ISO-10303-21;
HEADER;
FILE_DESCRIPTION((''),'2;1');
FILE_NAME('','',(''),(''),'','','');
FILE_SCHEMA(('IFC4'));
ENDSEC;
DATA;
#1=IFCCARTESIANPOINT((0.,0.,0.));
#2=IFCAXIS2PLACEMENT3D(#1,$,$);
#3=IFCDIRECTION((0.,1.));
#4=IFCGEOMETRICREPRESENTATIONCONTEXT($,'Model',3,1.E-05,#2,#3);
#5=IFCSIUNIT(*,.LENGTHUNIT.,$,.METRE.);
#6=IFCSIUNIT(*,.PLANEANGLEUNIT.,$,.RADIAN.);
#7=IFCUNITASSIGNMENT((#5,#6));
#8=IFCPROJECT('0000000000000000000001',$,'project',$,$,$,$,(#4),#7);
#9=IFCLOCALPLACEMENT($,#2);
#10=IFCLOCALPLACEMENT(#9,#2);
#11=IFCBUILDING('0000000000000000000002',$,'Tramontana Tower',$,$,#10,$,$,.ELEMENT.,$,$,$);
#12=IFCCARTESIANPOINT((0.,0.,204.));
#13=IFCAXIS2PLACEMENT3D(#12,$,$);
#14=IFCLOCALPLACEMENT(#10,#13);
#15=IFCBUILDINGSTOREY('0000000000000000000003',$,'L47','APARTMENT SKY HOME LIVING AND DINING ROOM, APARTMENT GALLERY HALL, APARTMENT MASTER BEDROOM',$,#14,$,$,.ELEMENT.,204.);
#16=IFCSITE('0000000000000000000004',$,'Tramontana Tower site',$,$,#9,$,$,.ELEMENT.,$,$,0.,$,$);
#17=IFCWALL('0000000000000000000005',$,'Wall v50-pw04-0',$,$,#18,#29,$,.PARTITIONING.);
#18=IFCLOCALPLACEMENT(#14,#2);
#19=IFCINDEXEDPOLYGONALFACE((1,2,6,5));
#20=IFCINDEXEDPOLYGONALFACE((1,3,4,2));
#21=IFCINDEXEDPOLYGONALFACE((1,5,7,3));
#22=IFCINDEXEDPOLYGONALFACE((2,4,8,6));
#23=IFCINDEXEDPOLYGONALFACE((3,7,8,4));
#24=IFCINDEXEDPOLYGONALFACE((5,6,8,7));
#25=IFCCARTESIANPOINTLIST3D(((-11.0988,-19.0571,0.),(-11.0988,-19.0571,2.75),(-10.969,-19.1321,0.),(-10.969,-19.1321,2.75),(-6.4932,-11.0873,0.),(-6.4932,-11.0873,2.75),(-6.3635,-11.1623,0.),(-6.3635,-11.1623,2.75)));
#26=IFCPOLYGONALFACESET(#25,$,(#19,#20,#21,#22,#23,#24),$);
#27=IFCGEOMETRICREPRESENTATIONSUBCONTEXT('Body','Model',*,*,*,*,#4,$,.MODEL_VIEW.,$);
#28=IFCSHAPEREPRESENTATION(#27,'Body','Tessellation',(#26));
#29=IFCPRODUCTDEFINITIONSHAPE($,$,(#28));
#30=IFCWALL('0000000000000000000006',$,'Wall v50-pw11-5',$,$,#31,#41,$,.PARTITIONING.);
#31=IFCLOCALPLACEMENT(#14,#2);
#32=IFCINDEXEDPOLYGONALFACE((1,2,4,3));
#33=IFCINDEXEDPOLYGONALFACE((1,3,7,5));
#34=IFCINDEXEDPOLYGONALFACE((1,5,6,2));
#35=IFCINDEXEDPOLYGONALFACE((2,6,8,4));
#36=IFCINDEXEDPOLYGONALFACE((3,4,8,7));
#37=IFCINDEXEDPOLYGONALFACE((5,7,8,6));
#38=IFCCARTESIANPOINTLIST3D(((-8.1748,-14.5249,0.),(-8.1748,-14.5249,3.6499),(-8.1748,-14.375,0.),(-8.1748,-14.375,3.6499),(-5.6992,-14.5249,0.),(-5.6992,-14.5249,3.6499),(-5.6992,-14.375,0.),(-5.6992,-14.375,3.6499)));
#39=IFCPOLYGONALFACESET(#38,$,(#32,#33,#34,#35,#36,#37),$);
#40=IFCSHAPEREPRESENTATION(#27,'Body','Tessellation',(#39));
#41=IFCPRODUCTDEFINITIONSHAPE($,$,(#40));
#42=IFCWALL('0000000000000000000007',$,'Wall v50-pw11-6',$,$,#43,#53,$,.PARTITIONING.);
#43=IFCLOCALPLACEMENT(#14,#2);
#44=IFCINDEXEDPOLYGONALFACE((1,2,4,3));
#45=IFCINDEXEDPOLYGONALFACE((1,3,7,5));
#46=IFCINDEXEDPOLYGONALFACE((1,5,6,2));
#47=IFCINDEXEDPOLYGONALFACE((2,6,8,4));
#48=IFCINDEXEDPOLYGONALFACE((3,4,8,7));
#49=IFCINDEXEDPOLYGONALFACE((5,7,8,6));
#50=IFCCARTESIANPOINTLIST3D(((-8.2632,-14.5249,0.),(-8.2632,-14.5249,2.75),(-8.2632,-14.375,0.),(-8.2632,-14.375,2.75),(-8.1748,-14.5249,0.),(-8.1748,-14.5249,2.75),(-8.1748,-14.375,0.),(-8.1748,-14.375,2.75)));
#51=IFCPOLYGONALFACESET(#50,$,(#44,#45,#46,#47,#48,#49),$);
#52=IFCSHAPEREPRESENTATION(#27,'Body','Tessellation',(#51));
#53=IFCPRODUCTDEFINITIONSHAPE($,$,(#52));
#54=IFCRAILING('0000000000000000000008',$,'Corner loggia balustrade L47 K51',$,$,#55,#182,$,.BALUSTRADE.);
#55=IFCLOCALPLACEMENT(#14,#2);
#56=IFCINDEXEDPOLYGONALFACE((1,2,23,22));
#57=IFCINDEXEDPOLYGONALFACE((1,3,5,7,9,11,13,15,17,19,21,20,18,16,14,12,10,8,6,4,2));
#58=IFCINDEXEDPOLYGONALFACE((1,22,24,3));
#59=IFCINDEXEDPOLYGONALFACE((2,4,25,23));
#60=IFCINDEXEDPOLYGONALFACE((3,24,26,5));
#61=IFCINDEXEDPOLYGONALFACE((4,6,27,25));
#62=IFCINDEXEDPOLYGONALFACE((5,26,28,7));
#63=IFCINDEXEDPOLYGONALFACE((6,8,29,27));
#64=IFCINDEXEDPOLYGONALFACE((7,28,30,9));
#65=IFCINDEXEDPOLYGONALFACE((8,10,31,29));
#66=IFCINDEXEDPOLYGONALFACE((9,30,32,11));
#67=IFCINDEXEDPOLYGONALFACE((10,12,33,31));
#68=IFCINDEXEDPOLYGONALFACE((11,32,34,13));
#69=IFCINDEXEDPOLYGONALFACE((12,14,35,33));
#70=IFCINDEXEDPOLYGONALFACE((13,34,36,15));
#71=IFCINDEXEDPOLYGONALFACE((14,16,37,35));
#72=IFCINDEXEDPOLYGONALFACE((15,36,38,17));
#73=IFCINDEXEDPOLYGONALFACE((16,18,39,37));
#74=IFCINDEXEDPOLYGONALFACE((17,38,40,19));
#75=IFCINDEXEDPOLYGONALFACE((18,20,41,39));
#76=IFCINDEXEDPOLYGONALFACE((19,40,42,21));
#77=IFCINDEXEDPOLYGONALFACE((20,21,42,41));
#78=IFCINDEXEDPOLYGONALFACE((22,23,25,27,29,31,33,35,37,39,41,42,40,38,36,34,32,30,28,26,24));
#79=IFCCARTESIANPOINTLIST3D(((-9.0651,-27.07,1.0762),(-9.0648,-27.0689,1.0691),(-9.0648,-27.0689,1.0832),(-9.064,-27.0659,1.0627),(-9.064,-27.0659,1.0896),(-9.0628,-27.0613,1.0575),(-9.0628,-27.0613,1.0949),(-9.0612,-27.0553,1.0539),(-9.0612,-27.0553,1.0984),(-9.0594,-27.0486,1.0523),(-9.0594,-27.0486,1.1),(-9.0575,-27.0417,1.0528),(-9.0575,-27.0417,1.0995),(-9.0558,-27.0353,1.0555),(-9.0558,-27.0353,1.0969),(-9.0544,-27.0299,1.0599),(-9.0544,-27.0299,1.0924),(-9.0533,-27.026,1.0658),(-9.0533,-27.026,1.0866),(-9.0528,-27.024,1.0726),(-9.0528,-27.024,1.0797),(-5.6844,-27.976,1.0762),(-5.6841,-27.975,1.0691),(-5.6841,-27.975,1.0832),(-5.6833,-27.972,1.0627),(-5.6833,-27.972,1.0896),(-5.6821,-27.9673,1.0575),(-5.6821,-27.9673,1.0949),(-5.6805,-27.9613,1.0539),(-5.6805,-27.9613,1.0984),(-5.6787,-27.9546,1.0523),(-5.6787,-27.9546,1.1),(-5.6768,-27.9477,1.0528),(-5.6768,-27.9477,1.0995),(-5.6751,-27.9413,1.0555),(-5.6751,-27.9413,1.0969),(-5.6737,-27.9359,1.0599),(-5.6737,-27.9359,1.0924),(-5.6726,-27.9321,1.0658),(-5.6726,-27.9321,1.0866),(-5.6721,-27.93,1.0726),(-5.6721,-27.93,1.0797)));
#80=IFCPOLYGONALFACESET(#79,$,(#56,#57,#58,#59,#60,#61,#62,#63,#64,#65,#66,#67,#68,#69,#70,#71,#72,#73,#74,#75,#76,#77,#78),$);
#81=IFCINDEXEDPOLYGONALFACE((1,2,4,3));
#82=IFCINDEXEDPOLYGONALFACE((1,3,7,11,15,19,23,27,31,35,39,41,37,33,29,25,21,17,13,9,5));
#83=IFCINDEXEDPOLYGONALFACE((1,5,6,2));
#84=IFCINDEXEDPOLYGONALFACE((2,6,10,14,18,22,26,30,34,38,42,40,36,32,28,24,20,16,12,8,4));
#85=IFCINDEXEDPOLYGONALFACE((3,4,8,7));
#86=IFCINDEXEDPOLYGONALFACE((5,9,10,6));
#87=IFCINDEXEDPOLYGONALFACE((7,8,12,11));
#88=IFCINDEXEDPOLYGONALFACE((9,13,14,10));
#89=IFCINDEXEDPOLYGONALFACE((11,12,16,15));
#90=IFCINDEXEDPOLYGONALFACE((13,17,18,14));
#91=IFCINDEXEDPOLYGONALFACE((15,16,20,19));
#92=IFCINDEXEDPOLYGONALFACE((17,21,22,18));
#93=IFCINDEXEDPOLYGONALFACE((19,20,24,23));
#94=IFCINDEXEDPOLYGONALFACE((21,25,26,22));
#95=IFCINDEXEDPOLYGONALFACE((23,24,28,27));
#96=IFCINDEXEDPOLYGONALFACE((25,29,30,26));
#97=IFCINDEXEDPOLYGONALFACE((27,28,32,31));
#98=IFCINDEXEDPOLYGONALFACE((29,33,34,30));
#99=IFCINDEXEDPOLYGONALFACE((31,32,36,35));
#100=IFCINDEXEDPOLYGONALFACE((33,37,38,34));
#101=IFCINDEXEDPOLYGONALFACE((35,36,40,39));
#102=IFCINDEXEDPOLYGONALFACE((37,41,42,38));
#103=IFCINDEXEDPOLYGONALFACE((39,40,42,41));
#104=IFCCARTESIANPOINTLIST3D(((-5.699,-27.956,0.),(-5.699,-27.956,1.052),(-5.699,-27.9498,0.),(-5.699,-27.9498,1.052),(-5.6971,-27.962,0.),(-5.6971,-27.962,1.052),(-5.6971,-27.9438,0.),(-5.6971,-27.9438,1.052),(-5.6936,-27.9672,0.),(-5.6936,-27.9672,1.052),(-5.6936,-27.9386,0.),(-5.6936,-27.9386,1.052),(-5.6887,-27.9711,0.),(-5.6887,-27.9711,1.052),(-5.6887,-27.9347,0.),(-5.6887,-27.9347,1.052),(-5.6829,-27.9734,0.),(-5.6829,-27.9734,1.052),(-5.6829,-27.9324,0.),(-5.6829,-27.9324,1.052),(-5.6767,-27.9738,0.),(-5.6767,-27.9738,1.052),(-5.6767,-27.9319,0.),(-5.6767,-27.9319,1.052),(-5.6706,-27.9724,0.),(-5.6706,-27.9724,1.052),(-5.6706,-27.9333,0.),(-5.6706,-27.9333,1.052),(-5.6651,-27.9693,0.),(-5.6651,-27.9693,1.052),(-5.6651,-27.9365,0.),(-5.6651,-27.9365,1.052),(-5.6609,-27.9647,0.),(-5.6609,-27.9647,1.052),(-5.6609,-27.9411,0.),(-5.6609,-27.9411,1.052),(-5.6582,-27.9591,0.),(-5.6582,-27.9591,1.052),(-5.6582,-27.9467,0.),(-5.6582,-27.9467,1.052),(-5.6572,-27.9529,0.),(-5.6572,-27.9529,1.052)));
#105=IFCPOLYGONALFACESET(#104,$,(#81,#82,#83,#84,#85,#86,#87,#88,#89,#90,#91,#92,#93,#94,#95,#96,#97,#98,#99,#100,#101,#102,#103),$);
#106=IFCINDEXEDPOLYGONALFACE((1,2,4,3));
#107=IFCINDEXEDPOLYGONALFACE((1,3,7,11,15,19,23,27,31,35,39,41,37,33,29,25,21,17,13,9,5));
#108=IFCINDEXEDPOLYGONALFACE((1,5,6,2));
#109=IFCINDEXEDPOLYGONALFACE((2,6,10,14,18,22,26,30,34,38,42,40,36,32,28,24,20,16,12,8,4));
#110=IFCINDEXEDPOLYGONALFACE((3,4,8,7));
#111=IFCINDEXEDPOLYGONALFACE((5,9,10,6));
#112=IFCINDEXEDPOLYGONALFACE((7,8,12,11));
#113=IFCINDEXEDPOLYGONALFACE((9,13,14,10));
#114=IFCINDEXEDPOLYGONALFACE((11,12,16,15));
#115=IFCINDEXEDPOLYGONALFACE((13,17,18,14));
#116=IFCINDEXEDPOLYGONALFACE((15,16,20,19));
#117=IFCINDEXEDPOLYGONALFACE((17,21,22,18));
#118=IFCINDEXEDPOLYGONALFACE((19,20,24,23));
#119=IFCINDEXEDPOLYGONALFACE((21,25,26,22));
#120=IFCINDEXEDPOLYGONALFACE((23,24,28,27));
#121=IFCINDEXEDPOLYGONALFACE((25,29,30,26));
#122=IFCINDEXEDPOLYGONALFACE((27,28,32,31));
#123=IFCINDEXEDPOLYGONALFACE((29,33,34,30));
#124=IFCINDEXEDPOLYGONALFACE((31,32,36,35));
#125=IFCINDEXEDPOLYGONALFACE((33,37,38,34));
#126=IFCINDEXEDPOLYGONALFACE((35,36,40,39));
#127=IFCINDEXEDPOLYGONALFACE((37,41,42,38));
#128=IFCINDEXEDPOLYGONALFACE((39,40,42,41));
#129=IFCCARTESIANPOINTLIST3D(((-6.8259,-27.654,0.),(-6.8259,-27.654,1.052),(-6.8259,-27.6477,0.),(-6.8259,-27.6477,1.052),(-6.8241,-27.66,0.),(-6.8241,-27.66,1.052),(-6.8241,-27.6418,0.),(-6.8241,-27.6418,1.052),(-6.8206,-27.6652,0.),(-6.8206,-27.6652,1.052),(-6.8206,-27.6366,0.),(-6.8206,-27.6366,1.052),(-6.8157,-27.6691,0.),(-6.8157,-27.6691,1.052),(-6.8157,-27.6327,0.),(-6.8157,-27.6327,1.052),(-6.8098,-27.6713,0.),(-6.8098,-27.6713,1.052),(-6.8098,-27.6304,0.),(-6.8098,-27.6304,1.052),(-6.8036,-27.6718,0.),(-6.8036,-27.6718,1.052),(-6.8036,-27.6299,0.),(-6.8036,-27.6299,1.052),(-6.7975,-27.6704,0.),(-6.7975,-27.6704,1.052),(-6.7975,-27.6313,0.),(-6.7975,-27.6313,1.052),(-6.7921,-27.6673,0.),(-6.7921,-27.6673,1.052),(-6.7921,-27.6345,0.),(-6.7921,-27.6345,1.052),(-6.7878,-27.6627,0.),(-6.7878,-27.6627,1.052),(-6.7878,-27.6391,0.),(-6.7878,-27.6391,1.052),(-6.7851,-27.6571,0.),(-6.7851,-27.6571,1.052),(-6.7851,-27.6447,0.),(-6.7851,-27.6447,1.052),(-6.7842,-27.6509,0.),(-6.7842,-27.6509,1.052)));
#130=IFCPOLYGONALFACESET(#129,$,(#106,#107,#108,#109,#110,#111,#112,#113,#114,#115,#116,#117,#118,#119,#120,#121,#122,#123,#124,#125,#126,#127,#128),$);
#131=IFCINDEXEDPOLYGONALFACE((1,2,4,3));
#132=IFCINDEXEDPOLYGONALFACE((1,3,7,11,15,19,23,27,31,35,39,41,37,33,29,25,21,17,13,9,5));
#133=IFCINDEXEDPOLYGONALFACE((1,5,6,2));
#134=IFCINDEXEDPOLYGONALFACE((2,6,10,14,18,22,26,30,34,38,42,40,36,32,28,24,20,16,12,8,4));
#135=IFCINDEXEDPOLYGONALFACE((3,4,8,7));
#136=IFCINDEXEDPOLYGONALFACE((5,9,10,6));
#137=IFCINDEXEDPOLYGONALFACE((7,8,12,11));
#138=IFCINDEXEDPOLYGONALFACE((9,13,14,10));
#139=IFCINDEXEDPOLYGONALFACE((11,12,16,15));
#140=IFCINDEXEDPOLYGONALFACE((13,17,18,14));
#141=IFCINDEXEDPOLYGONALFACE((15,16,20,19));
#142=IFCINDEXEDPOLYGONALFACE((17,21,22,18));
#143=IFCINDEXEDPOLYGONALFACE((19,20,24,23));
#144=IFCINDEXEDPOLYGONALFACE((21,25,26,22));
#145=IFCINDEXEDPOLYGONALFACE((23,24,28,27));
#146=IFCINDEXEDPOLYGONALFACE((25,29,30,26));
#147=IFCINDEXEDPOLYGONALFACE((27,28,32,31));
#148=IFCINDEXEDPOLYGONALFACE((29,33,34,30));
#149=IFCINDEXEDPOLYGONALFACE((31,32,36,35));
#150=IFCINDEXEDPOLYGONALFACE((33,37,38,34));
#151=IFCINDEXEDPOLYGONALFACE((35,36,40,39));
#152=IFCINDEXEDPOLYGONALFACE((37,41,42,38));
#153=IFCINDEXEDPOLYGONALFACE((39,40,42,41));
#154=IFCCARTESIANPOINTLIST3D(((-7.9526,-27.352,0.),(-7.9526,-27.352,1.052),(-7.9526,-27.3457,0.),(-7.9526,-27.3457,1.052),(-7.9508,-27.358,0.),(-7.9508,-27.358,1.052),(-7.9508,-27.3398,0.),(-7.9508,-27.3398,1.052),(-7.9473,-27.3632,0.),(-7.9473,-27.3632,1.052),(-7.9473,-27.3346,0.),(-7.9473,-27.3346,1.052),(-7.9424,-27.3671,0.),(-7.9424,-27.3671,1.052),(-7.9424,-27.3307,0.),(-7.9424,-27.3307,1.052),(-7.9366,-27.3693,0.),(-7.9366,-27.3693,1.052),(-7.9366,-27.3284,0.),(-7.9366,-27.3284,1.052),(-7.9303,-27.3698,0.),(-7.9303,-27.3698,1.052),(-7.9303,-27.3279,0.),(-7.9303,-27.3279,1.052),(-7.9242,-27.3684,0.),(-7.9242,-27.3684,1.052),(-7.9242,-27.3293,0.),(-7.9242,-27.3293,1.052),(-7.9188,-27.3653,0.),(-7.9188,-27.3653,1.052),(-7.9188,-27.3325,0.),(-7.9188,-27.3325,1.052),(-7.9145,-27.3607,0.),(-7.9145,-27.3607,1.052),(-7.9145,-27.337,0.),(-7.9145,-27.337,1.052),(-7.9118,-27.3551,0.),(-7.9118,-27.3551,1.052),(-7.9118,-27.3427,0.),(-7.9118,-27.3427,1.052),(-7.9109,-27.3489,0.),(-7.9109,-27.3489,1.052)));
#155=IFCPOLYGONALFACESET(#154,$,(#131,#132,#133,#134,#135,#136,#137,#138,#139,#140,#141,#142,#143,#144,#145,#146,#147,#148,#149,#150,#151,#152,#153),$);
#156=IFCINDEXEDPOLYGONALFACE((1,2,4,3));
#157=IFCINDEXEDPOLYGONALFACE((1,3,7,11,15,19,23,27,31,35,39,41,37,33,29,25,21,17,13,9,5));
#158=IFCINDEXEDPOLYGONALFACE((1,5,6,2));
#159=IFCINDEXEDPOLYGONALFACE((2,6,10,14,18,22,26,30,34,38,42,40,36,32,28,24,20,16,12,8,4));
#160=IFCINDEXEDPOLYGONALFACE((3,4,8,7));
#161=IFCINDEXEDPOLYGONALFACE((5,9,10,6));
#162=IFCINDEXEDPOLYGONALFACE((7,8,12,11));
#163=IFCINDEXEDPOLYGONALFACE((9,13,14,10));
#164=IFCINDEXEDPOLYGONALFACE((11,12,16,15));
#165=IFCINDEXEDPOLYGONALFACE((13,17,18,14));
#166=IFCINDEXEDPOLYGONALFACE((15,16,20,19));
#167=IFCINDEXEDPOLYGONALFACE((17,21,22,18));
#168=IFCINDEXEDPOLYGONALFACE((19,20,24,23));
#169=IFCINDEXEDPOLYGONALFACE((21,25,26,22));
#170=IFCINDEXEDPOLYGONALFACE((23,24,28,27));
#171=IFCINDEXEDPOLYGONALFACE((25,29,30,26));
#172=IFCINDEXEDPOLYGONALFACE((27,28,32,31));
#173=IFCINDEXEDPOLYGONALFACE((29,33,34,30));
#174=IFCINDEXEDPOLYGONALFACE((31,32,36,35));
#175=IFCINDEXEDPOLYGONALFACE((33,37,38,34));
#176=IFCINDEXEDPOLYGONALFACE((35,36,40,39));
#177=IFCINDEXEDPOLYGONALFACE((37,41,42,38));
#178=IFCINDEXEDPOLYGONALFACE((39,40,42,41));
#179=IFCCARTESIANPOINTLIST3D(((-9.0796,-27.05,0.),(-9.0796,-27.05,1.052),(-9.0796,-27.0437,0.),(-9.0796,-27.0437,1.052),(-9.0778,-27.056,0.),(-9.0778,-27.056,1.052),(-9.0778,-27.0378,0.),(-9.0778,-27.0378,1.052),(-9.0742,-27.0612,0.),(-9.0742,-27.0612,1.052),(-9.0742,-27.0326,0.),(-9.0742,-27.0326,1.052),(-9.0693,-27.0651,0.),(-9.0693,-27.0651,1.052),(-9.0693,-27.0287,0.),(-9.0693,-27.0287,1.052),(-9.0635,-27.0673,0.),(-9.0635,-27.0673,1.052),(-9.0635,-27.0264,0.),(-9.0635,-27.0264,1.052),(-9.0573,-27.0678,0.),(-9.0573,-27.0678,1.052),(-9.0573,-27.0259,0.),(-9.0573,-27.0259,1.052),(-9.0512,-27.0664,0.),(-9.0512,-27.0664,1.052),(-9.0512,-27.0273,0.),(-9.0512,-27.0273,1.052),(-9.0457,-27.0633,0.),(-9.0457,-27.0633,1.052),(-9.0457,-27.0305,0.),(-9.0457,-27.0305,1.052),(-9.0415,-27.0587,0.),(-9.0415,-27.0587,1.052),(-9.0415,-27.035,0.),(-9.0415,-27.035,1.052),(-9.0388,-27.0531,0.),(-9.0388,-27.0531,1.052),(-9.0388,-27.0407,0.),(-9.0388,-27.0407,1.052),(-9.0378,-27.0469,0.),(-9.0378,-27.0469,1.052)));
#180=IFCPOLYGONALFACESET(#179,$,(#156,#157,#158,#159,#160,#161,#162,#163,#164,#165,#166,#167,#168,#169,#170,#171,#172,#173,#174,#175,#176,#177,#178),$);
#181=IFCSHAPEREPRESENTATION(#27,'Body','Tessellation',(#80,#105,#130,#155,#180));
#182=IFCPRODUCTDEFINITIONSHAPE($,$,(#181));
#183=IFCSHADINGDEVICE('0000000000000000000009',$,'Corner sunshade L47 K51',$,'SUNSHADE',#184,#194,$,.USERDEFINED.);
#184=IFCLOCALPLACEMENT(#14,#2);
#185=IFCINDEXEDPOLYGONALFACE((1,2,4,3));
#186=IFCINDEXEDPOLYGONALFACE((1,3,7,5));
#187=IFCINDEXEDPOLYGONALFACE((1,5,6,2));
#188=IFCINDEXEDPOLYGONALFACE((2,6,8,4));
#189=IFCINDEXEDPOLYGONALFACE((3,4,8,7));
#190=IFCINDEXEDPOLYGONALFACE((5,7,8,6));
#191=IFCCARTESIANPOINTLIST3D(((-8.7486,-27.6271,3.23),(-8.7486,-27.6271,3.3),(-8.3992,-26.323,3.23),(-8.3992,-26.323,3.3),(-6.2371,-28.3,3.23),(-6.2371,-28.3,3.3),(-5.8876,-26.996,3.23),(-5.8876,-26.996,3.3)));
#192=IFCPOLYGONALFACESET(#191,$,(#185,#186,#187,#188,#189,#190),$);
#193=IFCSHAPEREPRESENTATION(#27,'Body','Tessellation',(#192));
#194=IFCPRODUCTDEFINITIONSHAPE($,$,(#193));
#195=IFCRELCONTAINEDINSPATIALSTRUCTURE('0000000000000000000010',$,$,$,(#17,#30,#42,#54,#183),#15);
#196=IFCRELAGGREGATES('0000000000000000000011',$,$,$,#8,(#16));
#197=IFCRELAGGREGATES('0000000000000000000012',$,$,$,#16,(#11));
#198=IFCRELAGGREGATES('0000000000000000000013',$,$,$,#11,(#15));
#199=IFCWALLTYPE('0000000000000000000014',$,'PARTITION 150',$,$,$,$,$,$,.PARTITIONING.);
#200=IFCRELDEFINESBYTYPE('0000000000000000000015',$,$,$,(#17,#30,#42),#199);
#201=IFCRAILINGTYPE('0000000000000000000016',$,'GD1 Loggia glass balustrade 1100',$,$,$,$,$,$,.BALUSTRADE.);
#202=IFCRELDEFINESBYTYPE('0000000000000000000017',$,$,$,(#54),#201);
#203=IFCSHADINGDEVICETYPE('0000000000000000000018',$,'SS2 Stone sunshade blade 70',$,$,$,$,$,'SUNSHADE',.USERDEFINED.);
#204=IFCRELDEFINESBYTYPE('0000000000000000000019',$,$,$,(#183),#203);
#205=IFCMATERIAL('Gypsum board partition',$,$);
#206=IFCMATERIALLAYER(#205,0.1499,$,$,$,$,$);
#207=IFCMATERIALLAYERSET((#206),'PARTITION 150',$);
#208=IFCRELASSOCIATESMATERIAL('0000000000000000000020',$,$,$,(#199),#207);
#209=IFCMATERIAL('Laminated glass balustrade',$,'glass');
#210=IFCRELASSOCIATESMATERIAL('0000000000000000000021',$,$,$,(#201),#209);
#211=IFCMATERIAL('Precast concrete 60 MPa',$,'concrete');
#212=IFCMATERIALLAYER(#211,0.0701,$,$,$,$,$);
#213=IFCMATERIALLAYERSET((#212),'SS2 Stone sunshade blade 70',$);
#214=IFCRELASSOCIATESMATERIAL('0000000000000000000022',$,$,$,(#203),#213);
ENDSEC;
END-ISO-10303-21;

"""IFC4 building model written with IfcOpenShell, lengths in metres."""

from ifc_helpers import new_model, si_unit, direction, frame, frame_2d, origin, origin_2d, place, context, subcontext, project, spatial, rectangle, circle, extrude, material, layer, layer_set, type_object, element, save


model = new_model("IFC4")

# Units and contexts
model_context = context("Model", 3, precision=1e-05, world=origin(), true_north=direction((0.0, 1.0)))
body_context = subcontext(model_context, "Body", "Model", "MODEL_VIEW")
ifc_project = project(units=[si_unit("LENGTHUNIT", "METRE"), si_unit("PLANEANGLEUNIT", "RADIAN")], contexts=[model_context])

# Site, building, storey
site_placement = place(None, origin())
site = spatial("IfcSite", under=ifc_project, at=site_placement, Name="Tramontana Tower site", CompositionType="ELEMENT", RefElevation=0.0)
building_placement = place(site_placement, origin())
building = spatial("IfcBuilding", under=site, at=building_placement, Name="Tramontana Tower", CompositionType="ELEMENT")
storey_placement = place(building_placement, frame((0.0, 0.0, 204.0)))
storey = spatial("IfcBuildingStorey", under=building, at=storey_placement, Name="L47", Description="APARTMENT SKY HOME LIVING AND DINING ROOM, APARTMENT GALLERY HALL, APARTMENT MASTER BEDROOM", CompositionType="ELEMENT", Elevation=204.0)

# Walls
ifc_material_1 = material(Name="Gypsum board partition")
ifc_layer_1 = layer(ifc_material_1, 0.1499)
ifc_layer_set_1 = layer_set([ifc_layer_1], Name="PARTITION 150")
wall_type_1 = type_object("IfcWallType", Name="PARTITION 150", PredefinedType="PARTITIONING", material=ifc_layer_set_1)
wall_1_placement = place(storey_placement, frame((-11.0339, -19.0947, 0.0), z_axis=(0.0, 0.0, 1.0), x_axis=(0.500338, 0.86583, 0.0)))
element("IfcWall", 1, at=wall_1_placement, inside=storey, type_object=wall_type_1, Name="Wall v50-pw04-0", PredefinedType="PARTITIONING", context=body_context, shape_type="SweptSolid", body=[
    extrude(rectangle(XDim=9.2048, YDim=0.1499, at=frame_2d((4.6025, 0.0))), origin(), (0.0, 0.0, 1.0), 2.75),
])
wall_2_placement = place(storey_placement, frame((-5.6992, -14.45, 0.0), z_axis=(0.0, 0.0, 1.0), x_axis=(-1.0, 0.0, 0.0)))
element("IfcWall", 2, at=wall_2_placement, inside=storey, type_object=wall_type_1, Name="Wall v50-pw11-5", PredefinedType="PARTITIONING", context=body_context, shape_type="SweptSolid", body=[
    extrude(rectangle(XDim=2.4756, YDim=0.1499, at=frame_2d((1.2378, 0.0))), origin(), (0.0, 0.0, 1.0), 3.6499),
])
wall_3_placement = place(storey_placement, frame((-8.1748, -14.45, 0.0), z_axis=(0.0, 0.0, 1.0), x_axis=(-1.0, 0.0, 0.0)))
element("IfcWall", 3, at=wall_3_placement, inside=storey, type_object=wall_type_1, Name="Wall v50-pw11-6", PredefinedType="PARTITIONING", context=body_context, shape_type="SweptSolid", body=[
    extrude(rectangle(XDim=0.0884, YDim=0.1499, at=frame_2d((0.0442, 0.0))), origin(), (0.0, 0.0, 1.0), 2.75),
])

# Railing
ifc_material_2 = material(Name="Laminated glass balustrade", Category="glass")
railing_type = type_object("IfcRailingType", Name="GD1 Loggia glass balustrade 1100", PredefinedType="BALUSTRADE", material=ifc_material_2)
railing_placement = place(storey_placement, frame((-5.6782, -27.9529, 0.0)))
element("IfcRailing", 4, at=railing_placement, inside=storey, type_object=railing_type, Name="Corner loggia balustrade L47 K51", PredefinedType="BALUSTRADE", context=body_context, shape_type="SweptSolid", body=[
    extrude(circle(Radius=0.0239, at=origin_2d()), frame((0.0, 0.0, 1.0762), z_axis=(-0.965913, 0.258865, 0.0), x_axis=(-0.258865, -0.965913, 0.0)), (0.0, 0.0, 1.0), 3.5),
    extrude(circle(Radius=0.021, at=origin_2d()), origin(), (0.0, 0.0, 1.0), 1.052),
    extrude(circle(Radius=0.021, at=origin_2d()), frame((-1.127, 0.302, 0.0)), (0.0, 0.0, 1.0), 1.052),
    extrude(circle(Radius=0.021, at=origin_2d()), frame((-2.2537, 0.604, 0.0)), (0.0, 0.0, 1.0), 1.052),
    extrude(circle(Radius=0.021, at=origin_2d()), frame((-3.3806, 0.906, 0.0)), (0.0, 0.0, 1.0), 1.052),
])

# Shading device
ifc_material_3 = material(Name="Precast concrete 60 MPa", Category="concrete")
ifc_layer_2 = layer(ifc_material_3, 0.0701)
ifc_layer_set_2 = layer_set([ifc_layer_2], Name="SS2 Stone sunshade blade 70")
shading_device_type = type_object("IfcShadingDeviceType", Name="SS2 Stone sunshade blade 70", ElementType="SUNSHADE", PredefinedType="USERDEFINED", material=ifc_layer_set_2)
shading_device_placement = place(storey_placement, frame((-7.3181, -27.3115, 3.23), z_axis=(0.0, 0.0, 1.0), x_axis=(-0.965926, 0.258819, 0.0)))
element("IfcShadingDevice", 5, at=shading_device_placement, inside=storey, type_object=shading_device_type, Name="Corner sunshade L47 K51", ObjectType="SUNSHADE", PredefinedType="USERDEFINED", context=body_context, shape_type="SweptSolid", body=[
    extrude(rectangle(XDim=2.6001, YDim=1.3501, at=origin_2d()), origin(), (0.0, 0.0, 1.0), 0.0701),
])

save(model, "model.ifc")
